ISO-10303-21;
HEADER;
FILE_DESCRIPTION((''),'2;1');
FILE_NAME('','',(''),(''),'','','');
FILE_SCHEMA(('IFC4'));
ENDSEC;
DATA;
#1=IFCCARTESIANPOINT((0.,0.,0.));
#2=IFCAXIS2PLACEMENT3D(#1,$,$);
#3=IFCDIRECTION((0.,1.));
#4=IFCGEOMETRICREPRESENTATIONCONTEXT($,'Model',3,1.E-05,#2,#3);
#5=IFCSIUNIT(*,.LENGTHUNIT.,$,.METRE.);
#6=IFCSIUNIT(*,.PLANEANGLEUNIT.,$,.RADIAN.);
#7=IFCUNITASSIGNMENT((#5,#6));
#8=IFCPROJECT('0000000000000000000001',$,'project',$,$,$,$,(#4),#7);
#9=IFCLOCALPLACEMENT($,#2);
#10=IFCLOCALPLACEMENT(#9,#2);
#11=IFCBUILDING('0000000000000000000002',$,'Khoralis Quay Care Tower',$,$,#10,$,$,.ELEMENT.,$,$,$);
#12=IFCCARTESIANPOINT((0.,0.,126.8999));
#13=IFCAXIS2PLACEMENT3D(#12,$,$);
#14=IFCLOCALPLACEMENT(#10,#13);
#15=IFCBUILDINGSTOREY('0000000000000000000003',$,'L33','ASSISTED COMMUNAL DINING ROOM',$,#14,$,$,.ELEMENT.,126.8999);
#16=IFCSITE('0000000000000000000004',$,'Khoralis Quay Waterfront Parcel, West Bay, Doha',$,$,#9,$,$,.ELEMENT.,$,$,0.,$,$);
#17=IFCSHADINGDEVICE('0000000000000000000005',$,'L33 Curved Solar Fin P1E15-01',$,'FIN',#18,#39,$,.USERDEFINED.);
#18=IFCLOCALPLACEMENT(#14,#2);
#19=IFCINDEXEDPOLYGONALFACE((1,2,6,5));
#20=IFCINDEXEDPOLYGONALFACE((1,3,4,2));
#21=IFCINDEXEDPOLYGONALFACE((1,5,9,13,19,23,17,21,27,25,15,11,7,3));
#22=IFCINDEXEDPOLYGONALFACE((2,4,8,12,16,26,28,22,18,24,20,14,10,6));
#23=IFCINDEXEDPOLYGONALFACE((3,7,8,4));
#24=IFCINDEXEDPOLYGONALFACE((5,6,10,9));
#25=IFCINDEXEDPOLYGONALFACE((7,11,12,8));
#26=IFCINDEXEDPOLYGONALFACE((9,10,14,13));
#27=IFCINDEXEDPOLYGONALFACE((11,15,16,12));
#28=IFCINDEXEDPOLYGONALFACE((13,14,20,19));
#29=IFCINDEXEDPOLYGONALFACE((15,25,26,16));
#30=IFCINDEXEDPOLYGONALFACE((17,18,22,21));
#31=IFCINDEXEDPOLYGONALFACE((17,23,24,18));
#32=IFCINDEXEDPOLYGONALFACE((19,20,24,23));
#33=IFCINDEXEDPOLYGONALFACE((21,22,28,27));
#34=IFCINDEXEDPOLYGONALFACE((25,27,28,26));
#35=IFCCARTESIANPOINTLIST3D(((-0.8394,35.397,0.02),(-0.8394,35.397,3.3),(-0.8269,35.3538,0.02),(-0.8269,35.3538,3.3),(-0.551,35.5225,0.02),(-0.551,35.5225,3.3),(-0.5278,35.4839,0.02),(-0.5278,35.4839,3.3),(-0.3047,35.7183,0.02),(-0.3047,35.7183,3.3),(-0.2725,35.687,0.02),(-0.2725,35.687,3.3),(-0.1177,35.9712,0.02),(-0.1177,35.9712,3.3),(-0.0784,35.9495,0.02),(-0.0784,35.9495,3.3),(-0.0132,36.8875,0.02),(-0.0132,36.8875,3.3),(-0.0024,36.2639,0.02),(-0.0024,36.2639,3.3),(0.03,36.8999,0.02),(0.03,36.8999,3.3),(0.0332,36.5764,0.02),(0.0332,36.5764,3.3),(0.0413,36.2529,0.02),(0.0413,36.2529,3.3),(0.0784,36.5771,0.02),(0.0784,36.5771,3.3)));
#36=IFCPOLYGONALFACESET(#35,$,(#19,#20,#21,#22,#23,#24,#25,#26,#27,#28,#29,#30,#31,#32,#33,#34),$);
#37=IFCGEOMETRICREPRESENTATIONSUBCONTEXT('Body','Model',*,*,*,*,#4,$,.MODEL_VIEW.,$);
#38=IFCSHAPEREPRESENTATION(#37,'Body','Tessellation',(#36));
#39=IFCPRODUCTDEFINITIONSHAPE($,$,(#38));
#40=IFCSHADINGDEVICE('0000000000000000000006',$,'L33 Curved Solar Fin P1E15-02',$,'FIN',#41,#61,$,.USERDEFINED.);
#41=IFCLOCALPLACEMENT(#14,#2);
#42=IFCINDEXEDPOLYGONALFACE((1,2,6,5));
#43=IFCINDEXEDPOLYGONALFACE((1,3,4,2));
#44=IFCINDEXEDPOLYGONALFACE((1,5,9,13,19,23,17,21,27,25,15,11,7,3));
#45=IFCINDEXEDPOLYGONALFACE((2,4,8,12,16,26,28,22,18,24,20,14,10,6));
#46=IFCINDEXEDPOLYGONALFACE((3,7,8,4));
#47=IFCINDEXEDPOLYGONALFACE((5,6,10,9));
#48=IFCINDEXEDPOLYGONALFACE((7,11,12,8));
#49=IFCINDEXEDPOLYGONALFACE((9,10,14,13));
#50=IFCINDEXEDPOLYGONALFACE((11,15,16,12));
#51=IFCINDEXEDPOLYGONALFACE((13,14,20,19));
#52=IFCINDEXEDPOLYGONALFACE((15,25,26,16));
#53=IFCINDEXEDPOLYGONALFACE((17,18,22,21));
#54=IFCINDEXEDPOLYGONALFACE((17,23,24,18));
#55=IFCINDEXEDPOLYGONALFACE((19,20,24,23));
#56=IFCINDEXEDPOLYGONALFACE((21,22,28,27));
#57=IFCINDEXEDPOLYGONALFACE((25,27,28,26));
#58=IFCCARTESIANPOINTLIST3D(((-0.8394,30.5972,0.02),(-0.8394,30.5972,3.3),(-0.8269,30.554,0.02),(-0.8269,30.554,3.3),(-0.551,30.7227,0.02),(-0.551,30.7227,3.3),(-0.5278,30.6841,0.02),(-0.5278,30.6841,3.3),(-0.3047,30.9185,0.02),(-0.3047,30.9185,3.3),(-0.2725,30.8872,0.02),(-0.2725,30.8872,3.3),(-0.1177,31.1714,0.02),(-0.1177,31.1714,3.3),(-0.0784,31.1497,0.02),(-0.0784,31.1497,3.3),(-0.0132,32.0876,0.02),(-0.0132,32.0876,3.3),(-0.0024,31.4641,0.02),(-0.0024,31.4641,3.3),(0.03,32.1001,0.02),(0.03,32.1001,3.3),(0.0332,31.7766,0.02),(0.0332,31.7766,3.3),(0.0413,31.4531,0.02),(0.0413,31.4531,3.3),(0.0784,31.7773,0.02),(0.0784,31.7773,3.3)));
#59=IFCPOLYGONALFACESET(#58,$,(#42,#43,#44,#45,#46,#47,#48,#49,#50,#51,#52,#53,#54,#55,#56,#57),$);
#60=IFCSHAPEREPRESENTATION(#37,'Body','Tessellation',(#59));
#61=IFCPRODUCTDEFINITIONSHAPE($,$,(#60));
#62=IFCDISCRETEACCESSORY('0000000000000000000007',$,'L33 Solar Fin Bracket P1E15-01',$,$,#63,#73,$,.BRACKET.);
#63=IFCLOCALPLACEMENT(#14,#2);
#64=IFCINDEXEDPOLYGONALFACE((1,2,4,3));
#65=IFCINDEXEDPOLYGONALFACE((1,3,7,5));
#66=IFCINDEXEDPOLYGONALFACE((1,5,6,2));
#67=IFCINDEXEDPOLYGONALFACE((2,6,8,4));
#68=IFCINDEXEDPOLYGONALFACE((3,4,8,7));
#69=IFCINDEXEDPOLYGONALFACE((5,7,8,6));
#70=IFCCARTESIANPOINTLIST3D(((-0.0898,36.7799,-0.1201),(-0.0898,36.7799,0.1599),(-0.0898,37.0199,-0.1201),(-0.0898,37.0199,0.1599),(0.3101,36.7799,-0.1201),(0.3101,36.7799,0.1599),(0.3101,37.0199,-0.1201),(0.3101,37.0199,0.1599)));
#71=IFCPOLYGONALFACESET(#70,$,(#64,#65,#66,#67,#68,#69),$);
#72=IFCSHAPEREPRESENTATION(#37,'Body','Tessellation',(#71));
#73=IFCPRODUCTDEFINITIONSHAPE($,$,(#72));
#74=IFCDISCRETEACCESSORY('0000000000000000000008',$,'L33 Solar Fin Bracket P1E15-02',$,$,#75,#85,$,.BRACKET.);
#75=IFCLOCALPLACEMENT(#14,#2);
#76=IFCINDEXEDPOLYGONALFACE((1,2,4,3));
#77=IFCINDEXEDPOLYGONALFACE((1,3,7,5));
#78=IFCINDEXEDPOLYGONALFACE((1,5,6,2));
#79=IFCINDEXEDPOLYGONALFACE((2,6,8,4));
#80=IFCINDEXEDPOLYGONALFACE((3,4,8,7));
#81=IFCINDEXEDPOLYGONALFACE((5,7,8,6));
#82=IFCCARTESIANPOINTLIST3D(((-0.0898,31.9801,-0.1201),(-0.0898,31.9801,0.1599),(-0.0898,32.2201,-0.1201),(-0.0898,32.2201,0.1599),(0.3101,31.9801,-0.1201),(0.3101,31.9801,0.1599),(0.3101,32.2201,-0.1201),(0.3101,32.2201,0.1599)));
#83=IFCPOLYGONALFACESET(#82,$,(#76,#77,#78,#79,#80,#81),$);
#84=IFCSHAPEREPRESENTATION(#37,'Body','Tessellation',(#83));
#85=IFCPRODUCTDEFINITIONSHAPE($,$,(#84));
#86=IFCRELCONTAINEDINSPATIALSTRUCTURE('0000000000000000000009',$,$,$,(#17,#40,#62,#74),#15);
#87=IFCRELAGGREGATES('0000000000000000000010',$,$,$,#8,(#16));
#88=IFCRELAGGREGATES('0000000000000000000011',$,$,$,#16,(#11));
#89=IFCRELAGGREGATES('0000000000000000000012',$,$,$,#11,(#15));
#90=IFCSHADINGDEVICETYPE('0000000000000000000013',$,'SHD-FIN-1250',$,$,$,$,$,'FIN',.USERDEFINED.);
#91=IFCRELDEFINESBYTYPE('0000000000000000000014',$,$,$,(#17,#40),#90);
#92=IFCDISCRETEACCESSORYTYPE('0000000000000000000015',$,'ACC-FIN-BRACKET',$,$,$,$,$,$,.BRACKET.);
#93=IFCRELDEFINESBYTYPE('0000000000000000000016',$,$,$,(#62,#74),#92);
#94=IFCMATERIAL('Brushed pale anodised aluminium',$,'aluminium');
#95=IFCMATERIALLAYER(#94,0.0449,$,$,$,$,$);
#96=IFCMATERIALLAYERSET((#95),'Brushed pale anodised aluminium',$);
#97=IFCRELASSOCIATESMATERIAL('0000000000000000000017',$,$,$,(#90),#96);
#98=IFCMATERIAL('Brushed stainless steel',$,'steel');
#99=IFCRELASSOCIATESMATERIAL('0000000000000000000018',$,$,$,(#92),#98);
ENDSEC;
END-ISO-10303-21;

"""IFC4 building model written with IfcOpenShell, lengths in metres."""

from ifc_helpers import new_model, si_unit, direction, frame, origin, origin_2d, place, context, subcontext, project, spatial, polyline, rectangle, outline, extrude, source, transform, mapped, material, layer, layer_set, type_object, element, save


model = new_model("IFC4")

# Units and contexts
model_context = context("Model", 3, precision=1e-05, world=origin(), true_north=direction((0.0, 1.0)))
body_context = subcontext(model_context, "Body", "Model", "MODEL_VIEW")
ifc_project = project(units=[si_unit("LENGTHUNIT", "METRE"), si_unit("PLANEANGLEUNIT", "RADIAN")], contexts=[model_context])

# Site, building, storey
site_placement = place(None, origin())
site = spatial("IfcSite", under=ifc_project, at=site_placement, Name="Khoralis Quay Waterfront Parcel, West Bay, Doha", CompositionType="ELEMENT", RefElevation=0.0)
building_placement = place(site_placement, origin())
building = spatial("IfcBuilding", under=site, at=building_placement, Name="Khoralis Quay Care Tower", CompositionType="ELEMENT")
storey_placement = place(building_placement, frame((0.0, 0.0, 126.8999)))
storey = spatial("IfcBuildingStorey", under=building, at=storey_placement, Name="L33", Description="ASSISTED COMMUNAL DINING ROOM", CompositionType="ELEMENT", Elevation=126.8999)

# Shading devices
ifc_material_1 = material(Name="Brushed pale anodised aluminium", Category="aluminium")
ifc_layer_1 = layer(ifc_material_1, 0.0449)
ifc_layer_set_1 = layer_set([ifc_layer_1], Name="Brushed pale anodised aluminium")
shading_device_type = type_object("IfcShadingDeviceType", Name="SHD-FIN-1250", ElementType="FIN", PredefinedType="USERDEFINED", material=ifc_layer_set_1)
shared_shape_1 = source(origin(), body_context, "Body", "SweptSolid", [
    extrude(outline(polyline([(0.0, 0.0), (-0.0483, 0.3228), (-0.0112, 0.647), (0.1084, 0.9504), (0.3025, 1.2129), (0.5579, 1.416), (0.8569, 1.5461), (0.8694, 1.5029), (0.5811, 1.3774), (0.3347, 1.1816), (0.1477, 0.9287), (0.0325, 0.636), (-0.0032, 0.3235), (0.0432, 0.0125), (0.0, 0.0)])), origin(), (0.0, 0.0, 1.0), 3.28),
])
for number, where, z_axis, x_axis, name in (
    (1, (0.03, 36.8999, 0.02), (0.0, 0.0, 1.0), (-1.0, 0.0, 0.0), "L33 Curved Solar Fin P1E15-01"),
    (2, (0.03, 32.1001, 0.02), (0.0, 0.0, 1.0), (-1.0, 0.0, 0.0), "L33 Curved Solar Fin P1E15-02"),
):
    element("IfcShadingDevice", number, at=place(storey_placement, frame(where, z_axis=z_axis, x_axis=x_axis)), inside=storey, type_object=shading_device_type, Name=name, ObjectType="FIN", PredefinedType="USERDEFINED", context=body_context, shape_type="MappedRepresentation", body=[
        mapped(shared_shape_1, transform((0.0, 0.0, 0.0), scale=1.0)),
    ])

# Discrete accessories
ifc_material_2 = material(Name="Brushed stainless steel", Category="steel")
discrete_accessory_type = type_object("IfcDiscreteAccessoryType", Name="ACC-FIN-BRACKET", PredefinedType="BRACKET", material=ifc_material_2)
shared_shape_2 = source(origin(), body_context, "Body", "SweptSolid", [
    extrude(rectangle(XDim=0.3999, YDim=0.24, at=origin_2d()), origin(), (0.0, 0.0, 1.0), 0.28),
])
for number, where, z_axis, x_axis, name in (
    (3, (0.1101, 36.8999, -0.1201), (0.0, 0.0, 1.0), (-1.0, 0.0, 0.0), "L33 Solar Fin Bracket P1E15-01"),
    (4, (0.1101, 32.1001, -0.1201), (0.0, 0.0, 1.0), (-1.0, 0.0, 0.0), "L33 Solar Fin Bracket P1E15-02"),
):
    element("IfcDiscreteAccessory", number, at=place(storey_placement, frame(where, z_axis=z_axis, x_axis=x_axis)), inside=storey, type_object=discrete_accessory_type, Name=name, PredefinedType="BRACKET", context=body_context, shape_type="MappedRepresentation", body=[
        mapped(shared_shape_2, transform((0.0, 0.0, 0.0), scale=1.0)),
    ])

save(model, "model.ifc")
